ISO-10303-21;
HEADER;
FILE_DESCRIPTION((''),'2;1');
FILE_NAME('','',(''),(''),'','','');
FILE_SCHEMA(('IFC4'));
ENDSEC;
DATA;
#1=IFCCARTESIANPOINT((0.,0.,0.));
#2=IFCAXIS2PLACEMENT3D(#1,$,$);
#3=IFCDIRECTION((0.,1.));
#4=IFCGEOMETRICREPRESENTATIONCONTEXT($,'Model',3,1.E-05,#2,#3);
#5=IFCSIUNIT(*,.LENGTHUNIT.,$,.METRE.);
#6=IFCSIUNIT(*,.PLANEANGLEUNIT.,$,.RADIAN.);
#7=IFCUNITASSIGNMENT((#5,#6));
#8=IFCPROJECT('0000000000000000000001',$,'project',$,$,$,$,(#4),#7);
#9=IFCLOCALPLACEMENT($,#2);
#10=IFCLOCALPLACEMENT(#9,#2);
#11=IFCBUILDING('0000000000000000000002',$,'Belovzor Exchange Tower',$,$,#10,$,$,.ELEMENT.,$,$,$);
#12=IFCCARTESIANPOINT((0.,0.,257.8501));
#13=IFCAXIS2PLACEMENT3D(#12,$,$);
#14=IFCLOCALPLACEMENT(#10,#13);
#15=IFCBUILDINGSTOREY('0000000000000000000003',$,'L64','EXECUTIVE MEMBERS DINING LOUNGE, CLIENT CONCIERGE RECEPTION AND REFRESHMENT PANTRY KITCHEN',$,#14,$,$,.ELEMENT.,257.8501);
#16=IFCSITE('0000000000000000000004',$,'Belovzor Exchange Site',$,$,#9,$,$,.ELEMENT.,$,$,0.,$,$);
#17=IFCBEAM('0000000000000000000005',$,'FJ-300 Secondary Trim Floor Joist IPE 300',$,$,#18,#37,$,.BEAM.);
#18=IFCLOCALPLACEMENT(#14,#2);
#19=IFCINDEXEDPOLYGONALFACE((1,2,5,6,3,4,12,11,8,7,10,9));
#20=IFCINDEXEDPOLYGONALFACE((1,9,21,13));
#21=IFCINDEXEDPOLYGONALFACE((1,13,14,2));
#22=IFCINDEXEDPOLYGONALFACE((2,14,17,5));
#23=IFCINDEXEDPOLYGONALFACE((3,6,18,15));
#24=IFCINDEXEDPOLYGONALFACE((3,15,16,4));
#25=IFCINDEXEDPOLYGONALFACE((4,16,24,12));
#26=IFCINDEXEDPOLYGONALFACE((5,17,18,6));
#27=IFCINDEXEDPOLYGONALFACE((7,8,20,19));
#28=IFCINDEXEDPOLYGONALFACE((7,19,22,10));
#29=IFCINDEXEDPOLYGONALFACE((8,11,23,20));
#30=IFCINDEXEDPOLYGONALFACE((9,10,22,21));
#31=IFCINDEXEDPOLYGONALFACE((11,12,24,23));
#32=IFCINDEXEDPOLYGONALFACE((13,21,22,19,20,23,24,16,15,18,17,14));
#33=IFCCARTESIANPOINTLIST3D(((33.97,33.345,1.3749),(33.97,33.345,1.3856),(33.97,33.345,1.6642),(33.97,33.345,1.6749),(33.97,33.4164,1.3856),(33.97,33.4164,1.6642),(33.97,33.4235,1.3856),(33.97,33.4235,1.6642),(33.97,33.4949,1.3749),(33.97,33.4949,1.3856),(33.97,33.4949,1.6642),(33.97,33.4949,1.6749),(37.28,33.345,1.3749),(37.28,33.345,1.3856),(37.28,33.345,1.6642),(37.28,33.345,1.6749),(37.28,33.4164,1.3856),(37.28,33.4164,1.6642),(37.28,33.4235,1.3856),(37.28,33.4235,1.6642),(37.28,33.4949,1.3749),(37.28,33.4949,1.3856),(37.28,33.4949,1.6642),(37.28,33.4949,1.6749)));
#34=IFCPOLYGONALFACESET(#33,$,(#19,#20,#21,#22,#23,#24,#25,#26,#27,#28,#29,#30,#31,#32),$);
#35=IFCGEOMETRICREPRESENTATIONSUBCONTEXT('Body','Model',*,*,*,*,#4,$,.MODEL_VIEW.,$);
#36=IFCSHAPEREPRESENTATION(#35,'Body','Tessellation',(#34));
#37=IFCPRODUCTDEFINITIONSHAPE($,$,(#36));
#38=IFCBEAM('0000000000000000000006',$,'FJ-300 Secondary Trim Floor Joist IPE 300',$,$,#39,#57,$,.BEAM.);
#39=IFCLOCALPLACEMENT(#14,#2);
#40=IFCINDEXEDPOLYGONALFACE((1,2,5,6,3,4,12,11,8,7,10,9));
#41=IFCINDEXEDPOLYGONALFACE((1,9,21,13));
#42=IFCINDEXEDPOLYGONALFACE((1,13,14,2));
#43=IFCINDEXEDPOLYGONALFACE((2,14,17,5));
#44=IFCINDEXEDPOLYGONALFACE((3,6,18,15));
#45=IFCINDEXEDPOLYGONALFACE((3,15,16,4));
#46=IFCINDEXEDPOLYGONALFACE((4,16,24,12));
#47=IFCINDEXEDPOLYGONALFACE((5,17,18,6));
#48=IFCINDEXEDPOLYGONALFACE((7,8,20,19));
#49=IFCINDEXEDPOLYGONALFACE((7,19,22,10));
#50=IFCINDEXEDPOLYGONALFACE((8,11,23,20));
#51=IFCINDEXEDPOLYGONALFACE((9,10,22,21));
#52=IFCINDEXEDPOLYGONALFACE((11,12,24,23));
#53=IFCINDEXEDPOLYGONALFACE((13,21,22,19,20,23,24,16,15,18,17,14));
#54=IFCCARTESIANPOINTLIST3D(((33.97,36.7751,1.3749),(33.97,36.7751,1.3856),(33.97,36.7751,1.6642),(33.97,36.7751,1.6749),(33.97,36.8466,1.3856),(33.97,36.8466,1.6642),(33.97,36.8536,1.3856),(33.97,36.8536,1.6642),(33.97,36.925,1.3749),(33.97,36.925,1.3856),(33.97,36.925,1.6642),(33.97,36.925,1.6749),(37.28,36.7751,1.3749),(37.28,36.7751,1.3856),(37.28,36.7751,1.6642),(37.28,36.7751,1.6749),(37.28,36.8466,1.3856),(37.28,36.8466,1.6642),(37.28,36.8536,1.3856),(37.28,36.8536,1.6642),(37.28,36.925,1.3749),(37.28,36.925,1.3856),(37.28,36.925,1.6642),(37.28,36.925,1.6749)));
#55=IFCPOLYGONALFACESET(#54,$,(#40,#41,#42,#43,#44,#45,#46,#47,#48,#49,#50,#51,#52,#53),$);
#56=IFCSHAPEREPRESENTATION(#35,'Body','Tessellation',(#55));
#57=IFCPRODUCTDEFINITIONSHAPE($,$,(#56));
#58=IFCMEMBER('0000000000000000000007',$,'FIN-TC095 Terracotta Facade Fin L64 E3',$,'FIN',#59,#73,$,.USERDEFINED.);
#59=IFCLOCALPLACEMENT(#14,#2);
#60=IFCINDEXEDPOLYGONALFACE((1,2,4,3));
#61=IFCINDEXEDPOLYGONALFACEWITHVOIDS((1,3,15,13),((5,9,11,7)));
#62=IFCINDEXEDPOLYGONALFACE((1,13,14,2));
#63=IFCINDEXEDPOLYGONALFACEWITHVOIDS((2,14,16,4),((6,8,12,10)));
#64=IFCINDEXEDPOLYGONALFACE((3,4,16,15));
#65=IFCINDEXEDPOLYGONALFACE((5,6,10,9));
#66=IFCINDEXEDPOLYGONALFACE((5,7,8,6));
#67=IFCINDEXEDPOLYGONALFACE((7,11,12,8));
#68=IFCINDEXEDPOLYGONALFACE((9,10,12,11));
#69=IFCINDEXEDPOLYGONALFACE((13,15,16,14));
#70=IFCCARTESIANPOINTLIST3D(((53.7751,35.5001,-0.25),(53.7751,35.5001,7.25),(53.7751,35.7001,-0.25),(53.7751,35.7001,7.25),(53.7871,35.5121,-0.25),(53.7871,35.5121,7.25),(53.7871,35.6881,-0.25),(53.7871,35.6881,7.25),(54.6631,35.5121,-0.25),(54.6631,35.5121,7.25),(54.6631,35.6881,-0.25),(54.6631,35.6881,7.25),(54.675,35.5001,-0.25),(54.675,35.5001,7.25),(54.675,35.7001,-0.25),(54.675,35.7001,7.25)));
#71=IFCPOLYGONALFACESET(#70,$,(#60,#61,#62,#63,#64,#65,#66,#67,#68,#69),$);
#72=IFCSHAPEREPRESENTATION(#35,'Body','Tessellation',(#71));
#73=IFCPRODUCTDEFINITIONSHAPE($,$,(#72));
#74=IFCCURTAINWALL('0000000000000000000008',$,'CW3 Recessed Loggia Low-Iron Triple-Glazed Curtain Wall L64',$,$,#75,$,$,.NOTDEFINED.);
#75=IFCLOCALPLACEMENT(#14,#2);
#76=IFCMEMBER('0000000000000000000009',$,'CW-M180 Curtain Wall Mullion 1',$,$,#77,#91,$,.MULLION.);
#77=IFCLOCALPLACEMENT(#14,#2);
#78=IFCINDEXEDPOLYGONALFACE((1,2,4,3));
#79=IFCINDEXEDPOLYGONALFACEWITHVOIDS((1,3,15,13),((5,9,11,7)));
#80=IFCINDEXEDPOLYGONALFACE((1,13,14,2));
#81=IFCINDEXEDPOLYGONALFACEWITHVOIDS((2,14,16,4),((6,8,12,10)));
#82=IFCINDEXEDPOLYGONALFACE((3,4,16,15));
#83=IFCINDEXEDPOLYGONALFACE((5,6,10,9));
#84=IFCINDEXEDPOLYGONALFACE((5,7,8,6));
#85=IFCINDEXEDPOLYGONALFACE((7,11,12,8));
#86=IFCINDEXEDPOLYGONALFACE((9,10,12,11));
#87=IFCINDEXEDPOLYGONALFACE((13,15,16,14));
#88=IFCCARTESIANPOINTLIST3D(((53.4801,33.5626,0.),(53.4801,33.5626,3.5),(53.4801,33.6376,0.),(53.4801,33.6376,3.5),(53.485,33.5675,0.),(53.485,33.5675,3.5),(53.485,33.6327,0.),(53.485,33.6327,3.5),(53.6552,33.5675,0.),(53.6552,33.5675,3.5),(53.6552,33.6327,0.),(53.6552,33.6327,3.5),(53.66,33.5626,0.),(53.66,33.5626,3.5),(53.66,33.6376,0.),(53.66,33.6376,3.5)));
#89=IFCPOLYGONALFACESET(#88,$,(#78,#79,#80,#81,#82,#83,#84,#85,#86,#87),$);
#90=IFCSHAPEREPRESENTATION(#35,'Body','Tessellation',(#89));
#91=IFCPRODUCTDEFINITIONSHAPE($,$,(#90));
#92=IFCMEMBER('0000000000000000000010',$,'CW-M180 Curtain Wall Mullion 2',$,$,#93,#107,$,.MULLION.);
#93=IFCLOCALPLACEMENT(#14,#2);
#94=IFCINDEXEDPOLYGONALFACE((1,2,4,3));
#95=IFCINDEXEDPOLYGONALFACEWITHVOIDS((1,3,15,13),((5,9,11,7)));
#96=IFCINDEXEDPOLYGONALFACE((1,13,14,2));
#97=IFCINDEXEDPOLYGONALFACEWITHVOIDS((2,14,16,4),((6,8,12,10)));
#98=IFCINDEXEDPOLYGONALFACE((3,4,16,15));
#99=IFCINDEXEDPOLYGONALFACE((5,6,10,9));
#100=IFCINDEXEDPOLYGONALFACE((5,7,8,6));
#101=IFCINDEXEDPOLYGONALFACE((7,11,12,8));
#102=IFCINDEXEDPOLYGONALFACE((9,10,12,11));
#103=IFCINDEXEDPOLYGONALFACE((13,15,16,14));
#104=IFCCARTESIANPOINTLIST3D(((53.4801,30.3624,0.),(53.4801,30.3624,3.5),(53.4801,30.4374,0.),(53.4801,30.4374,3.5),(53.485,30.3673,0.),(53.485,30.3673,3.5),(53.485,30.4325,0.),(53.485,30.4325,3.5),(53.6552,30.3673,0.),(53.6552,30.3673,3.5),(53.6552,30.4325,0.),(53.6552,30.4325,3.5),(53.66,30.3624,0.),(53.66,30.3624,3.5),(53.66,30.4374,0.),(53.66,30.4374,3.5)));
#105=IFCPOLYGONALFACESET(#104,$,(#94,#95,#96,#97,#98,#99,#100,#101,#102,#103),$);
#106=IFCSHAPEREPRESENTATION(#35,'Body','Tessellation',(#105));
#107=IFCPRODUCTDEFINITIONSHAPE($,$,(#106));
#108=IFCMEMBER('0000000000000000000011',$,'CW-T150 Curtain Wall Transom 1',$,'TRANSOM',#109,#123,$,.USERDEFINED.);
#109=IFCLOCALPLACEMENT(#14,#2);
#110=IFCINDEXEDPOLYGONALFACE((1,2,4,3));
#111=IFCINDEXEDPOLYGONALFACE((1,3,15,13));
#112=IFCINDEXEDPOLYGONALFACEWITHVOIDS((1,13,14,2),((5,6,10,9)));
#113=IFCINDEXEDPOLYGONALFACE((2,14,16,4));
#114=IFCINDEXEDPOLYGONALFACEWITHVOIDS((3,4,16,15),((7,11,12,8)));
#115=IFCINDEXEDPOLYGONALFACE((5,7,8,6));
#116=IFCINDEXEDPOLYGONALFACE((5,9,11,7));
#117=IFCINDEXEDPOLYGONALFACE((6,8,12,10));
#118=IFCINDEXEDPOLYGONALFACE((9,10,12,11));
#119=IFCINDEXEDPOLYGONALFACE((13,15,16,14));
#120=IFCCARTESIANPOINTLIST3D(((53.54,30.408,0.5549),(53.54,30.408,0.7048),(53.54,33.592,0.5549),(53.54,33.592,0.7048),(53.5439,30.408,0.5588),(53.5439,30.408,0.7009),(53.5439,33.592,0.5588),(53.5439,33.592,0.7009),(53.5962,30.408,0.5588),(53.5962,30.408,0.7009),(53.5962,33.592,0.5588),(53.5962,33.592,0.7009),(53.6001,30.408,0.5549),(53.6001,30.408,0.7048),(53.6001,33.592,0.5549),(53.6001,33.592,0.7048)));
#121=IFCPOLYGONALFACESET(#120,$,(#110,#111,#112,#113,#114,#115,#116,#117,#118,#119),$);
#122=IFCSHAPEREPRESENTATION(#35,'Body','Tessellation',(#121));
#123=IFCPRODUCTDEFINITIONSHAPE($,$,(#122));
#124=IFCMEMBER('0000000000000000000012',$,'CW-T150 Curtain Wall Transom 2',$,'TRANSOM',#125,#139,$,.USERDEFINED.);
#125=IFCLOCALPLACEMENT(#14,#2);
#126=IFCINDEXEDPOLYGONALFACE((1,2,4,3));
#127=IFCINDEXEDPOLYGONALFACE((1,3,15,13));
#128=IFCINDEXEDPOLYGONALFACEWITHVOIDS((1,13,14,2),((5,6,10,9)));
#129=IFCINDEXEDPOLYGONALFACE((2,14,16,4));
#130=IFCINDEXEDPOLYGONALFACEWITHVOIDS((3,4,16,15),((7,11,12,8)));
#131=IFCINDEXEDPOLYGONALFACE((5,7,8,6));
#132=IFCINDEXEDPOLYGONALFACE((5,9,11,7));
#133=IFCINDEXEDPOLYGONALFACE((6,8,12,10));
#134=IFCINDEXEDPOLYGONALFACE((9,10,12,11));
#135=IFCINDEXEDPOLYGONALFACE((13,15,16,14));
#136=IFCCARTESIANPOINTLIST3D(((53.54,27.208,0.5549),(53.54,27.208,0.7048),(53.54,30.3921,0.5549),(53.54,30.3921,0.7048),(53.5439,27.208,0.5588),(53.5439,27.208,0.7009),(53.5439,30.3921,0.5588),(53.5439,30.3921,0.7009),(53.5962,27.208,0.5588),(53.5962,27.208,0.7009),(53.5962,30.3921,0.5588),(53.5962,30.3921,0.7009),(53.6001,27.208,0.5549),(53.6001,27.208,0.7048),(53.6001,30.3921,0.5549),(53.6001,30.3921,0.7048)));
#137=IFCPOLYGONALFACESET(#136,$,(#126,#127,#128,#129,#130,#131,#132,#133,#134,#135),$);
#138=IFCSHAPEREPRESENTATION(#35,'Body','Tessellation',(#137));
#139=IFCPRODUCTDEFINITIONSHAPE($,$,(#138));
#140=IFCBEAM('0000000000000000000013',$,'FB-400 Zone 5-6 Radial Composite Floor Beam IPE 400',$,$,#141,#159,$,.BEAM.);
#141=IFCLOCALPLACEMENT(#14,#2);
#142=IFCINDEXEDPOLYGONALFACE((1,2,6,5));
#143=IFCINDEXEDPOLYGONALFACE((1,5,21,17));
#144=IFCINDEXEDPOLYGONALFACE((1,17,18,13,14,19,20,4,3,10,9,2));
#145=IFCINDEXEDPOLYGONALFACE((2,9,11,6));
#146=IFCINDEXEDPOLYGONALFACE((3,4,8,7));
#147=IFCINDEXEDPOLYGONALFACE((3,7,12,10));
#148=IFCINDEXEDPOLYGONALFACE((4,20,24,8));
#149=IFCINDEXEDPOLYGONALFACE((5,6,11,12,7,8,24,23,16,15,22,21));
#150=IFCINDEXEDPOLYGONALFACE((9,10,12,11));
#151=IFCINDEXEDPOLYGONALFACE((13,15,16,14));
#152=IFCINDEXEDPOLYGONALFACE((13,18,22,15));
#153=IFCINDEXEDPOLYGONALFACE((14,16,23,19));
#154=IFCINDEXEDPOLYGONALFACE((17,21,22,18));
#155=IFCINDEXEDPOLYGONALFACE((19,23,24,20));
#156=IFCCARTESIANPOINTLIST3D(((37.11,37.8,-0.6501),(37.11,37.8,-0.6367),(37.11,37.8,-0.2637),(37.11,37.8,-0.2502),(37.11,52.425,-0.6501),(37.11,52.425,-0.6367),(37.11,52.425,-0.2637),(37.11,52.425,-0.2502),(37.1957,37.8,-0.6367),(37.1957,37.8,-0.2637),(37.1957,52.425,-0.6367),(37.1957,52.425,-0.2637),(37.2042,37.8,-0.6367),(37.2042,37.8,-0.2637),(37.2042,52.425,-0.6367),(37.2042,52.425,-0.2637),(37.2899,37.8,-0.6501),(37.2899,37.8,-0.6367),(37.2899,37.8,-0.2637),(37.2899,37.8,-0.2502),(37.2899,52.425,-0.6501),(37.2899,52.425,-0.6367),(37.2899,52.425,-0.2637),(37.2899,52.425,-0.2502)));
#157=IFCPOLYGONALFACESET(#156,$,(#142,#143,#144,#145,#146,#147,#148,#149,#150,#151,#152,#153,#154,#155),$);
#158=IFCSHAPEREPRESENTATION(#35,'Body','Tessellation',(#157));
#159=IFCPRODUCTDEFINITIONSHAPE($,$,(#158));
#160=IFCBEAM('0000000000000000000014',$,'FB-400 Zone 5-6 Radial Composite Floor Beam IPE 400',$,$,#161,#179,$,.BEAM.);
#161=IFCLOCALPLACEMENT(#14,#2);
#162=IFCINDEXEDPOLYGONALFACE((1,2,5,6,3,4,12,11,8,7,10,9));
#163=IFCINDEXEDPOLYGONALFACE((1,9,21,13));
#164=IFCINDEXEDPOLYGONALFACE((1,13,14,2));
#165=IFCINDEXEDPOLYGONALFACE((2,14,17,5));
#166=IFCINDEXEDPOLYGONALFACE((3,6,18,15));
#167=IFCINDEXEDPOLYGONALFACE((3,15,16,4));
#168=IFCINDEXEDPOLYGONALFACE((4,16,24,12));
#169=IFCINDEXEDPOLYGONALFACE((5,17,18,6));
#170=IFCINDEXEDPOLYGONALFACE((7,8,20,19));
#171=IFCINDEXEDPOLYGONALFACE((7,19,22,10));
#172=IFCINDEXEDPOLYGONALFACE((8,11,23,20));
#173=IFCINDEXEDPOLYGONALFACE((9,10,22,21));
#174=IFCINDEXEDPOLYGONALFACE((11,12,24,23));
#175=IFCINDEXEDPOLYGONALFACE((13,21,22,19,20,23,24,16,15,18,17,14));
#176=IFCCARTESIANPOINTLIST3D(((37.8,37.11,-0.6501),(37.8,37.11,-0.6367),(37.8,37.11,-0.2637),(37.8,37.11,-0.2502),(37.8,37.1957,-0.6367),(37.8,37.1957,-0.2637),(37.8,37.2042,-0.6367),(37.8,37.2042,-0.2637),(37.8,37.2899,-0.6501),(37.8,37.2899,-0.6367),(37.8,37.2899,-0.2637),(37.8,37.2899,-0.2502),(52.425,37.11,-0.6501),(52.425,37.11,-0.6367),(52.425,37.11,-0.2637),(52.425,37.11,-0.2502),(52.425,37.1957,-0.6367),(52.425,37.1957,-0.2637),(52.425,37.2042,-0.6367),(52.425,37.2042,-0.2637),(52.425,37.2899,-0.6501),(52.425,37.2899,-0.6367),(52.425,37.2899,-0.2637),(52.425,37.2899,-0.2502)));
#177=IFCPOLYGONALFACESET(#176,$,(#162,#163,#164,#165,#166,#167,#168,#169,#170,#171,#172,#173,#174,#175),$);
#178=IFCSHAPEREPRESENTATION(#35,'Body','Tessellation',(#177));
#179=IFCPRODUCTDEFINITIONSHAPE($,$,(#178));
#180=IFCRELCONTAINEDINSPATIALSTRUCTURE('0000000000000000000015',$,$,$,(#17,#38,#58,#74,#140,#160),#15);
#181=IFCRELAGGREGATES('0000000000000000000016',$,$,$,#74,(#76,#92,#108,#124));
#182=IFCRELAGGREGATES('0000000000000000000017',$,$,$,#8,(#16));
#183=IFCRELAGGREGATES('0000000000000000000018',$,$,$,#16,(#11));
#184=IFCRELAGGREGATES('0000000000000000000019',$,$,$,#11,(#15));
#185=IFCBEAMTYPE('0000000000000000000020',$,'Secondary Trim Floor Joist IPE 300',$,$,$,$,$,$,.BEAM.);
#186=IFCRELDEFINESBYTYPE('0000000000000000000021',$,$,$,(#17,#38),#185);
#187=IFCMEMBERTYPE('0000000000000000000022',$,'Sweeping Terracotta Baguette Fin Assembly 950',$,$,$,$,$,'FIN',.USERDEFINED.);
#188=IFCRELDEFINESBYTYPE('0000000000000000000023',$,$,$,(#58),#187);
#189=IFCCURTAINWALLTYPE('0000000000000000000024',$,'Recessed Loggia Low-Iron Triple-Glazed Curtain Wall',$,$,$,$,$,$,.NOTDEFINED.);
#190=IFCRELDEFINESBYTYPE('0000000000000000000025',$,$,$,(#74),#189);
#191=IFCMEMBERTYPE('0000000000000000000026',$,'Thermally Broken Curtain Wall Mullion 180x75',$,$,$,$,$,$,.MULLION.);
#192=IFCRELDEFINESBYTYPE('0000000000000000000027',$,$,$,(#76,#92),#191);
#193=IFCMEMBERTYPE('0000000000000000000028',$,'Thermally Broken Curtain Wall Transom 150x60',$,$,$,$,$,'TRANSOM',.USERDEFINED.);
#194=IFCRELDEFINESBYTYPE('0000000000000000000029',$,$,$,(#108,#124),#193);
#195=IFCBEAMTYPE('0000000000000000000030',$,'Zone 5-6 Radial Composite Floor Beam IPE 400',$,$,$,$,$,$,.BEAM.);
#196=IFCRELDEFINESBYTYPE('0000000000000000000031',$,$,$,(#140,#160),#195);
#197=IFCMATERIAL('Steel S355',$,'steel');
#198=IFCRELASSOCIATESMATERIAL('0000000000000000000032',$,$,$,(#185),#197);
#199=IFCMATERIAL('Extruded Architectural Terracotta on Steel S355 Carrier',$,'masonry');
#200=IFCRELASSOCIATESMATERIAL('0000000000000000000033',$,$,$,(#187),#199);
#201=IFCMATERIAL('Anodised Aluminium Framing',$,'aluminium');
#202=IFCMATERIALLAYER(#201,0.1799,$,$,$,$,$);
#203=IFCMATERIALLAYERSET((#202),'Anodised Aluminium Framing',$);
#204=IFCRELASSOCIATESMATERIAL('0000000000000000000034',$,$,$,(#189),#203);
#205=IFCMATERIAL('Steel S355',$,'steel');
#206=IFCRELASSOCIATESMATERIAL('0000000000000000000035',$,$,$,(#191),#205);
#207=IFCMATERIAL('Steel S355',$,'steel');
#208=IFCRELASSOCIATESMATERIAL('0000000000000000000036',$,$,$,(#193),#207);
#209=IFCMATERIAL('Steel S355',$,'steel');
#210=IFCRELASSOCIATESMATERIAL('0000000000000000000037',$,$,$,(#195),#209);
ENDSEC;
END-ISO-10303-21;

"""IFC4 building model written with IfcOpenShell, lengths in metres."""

from ifc_helpers import new_model, si_unit, direction, frame, origin, origin_2d, place, context, subcontext, project, spatial, hollow_rectangle, i_section, extrude, material, layer, layer_set, material_profile, profile_set, type_object, element, aggregate, save


model = new_model("IFC4")

# Units and contexts
model_context = context("Model", 3, precision=1e-05, world=origin(), true_north=direction((0.0, 1.0)))
body_context = subcontext(model_context, "Body", "Model", "MODEL_VIEW")
ifc_project = project(units=[si_unit("LENGTHUNIT", "METRE"), si_unit("PLANEANGLEUNIT", "RADIAN")], contexts=[model_context])

# Site, building, storey
site_placement = place(None, origin())
site = spatial("IfcSite", under=ifc_project, at=site_placement, Name="Belovzor Exchange Site", CompositionType="ELEMENT", RefElevation=0.0)
building_placement = place(site_placement, origin())
building = spatial("IfcBuilding", under=site, at=building_placement, Name="Belovzor Exchange Tower", CompositionType="ELEMENT")
storey_placement = place(building_placement, frame((0.0, 0.0, 257.8501)))
storey = spatial("IfcBuildingStorey", under=building, at=storey_placement, Name="L64", Description="EXECUTIVE MEMBERS DINING LOUNGE, CLIENT CONCIERGE RECEPTION AND REFRESHMENT PANTRY KITCHEN", CompositionType="ELEMENT", Elevation=257.8501)

# Beams
ifc_material_1 = material(Name="Steel S355", Category="steel")
ifc_material_profile_1 = material_profile(ifc_material_1, i_section(OverallWidth=0.1499, OverallDepth=0.3, WebThickness=0.0071, FlangeThickness=0.0107, at=origin_2d()))
ifc_profile_set_1 = profile_set([ifc_material_profile_1], Name="Steel S355")
beam_type_1 = type_object("IfcBeamType", Name="Secondary Trim Floor Joist IPE 300", PredefinedType="BEAM", material=ifc_profile_set_1)
for number, where, z_axis, x_axis, name in (
    (1, (37.28, 33.4199, 1.5249), (-1.0, 0.0, 0.0), (0.0, -1.0, 0.0), "FJ-300 Secondary Trim Floor Joist IPE 300"),
    (2, (37.28, 36.8501, 1.5249), (-1.0, 0.0, 0.0), (0.0, -1.0, 0.0), "FJ-300 Secondary Trim Floor Joist IPE 300"),
):
    element("IfcBeam", number, at=place(storey_placement, frame(where, z_axis=z_axis, x_axis=x_axis)), inside=storey, type_object=beam_type_1, Name=name, PredefinedType="BEAM", context=body_context, shape_type="SweptSolid", body=[
        extrude(i_section(OverallWidth=0.1499, OverallDepth=0.3, WebThickness=0.0071, FlangeThickness=0.0107, at=origin_2d()), origin(), (0.0, 0.0, 1.0), 3.3101),
    ])

# Member
ifc_material_2 = material(Name="Extruded Architectural Terracotta on Steel S355 Carrier", Category="masonry")
ifc_material_profile_2 = material_profile(ifc_material_2, hollow_rectangle(XDim=0.2, YDim=0.8999, WallThickness=0.012, at=origin_2d()))
ifc_profile_set_2 = profile_set([ifc_material_profile_2], Name="Extruded Architectural Terracotta on Steel S355 Carrier")
member_type_1 = type_object("IfcMemberType", Name="Sweeping Terracotta Baguette Fin Assembly 950", ElementType="FIN", PredefinedType="USERDEFINED", material=ifc_profile_set_2)
member_1_placement = place(storey_placement, frame((54.2251, 35.6001, -0.25), z_axis=(0.0, 0.0, 1.0), x_axis=(0.0, 1.0, 0.0)))
element("IfcMember", 3, at=member_1_placement, inside=storey, type_object=member_type_1, Name="FIN-TC095 Terracotta Facade Fin L64 E3", ObjectType="FIN", PredefinedType="USERDEFINED", context=body_context, shape_type="SweptSolid", body=[
    extrude(hollow_rectangle(XDim=0.2, YDim=0.8999, WallThickness=0.012, at=origin_2d()), origin(), (0.0, 0.0, 1.0), 7.5),
])

# Curtain wall, members
ifc_material_3 = material(Name="Anodised Aluminium Framing", Category="aluminium")
ifc_layer_1 = layer(ifc_material_3, 0.1799)
ifc_layer_set_1 = layer_set([ifc_layer_1], Name="Anodised Aluminium Framing")
curtain_wall_type = type_object("IfcCurtainWallType", Name="Recessed Loggia Low-Iron Triple-Glazed Curtain Wall", PredefinedType="NOTDEFINED", material=ifc_layer_set_1)
curtain_wall_placement = place(storey_placement, origin())
curtain_wall = element("IfcCurtainWall", 4, at=curtain_wall_placement, inside=storey, type_object=curtain_wall_type, Name="CW3 Recessed Loggia Low-Iron Triple-Glazed Curtain Wall L64", PredefinedType="NOTDEFINED")
ifc_material_4 = material(Name="Steel S355", Category="steel")
ifc_material_profile_3 = material_profile(ifc_material_4, hollow_rectangle(XDim=0.075, YDim=0.1799, WallThickness=0.0049, at=origin_2d()))
ifc_profile_set_3 = profile_set([ifc_material_profile_3], Name="Steel S355")
member_type_2 = type_object("IfcMemberType", Name="Thermally Broken Curtain Wall Mullion 180x75", PredefinedType="MULLION", material=ifc_profile_set_3)
member_2_placement = place(storey_placement, frame((53.5701, 33.6001, 0.0), z_axis=(0.0, 0.0, 1.0), x_axis=(0.0, -1.0, 0.0)))
member_2 = element("IfcMember", 5, at=member_2_placement, type_object=member_type_2, Name="CW-M180 Curtain Wall Mullion 1", PredefinedType="MULLION", context=body_context, shape_type="SweptSolid", body=[
    extrude(hollow_rectangle(XDim=0.075, YDim=0.1799, WallThickness=0.0049, at=origin_2d()), origin(), (0.0, 0.0, 1.0), 3.5),
])
member_3_placement = place(storey_placement, frame((53.5701, 30.3999, 0.0), z_axis=(0.0, 0.0, 1.0), x_axis=(0.0, -1.0, 0.0)))
member_3 = element("IfcMember", 6, at=member_3_placement, type_object=member_type_2, Name="CW-M180 Curtain Wall Mullion 2", PredefinedType="MULLION", context=body_context, shape_type="SweptSolid", body=[
    extrude(hollow_rectangle(XDim=0.075, YDim=0.1799, WallThickness=0.0049, at=origin_2d()), origin(), (0.0, 0.0, 1.0), 3.5),
])
ifc_material_5 = material(Name="Steel S355", Category="steel")
ifc_material_profile_4 = material_profile(ifc_material_5, hollow_rectangle(XDim=0.0601, YDim=0.1499, WallThickness=0.0039, at=origin_2d()))
ifc_profile_set_4 = profile_set([ifc_material_profile_4], Name="Steel S355")
member_type_3 = type_object("IfcMemberType", Name="Thermally Broken Curtain Wall Transom 150x60", ElementType="TRANSOM", PredefinedType="USERDEFINED", material=ifc_profile_set_4)
member_4_placement = place(storey_placement, frame((53.5701, 33.592, 0.6299), z_axis=(0.0, -1.0, 0.0), x_axis=(1.0, 0.0, 0.0)))
member_4 = element("IfcMember", 7, at=member_4_placement, type_object=member_type_3, Name="CW-T150 Curtain Wall Transom 1", ObjectType="TRANSOM", PredefinedType="USERDEFINED", context=body_context, shape_type="SweptSolid", body=[
    extrude(hollow_rectangle(XDim=0.0601, YDim=0.1499, WallThickness=0.0039, at=origin_2d()), origin(), (0.0, 0.0, 1.0), 3.1841),
])
member_5_placement = place(storey_placement, frame((53.5701, 30.3921, 0.6299), z_axis=(0.0, -1.0, 0.0), x_axis=(1.0, 0.0, 0.0)))
member_5 = element("IfcMember", 8, at=member_5_placement, type_object=member_type_3, Name="CW-T150 Curtain Wall Transom 2", ObjectType="TRANSOM", PredefinedType="USERDEFINED", context=body_context, shape_type="SweptSolid", body=[
    extrude(hollow_rectangle(XDim=0.0601, YDim=0.1499, WallThickness=0.0039, at=origin_2d()), origin(), (0.0, 0.0, 1.0), 3.1841),
])

# Beams
ifc_material_6 = material(Name="Steel S355", Category="steel")
ifc_material_profile_5 = material_profile(ifc_material_6, i_section(OverallWidth=0.1799, OverallDepth=0.3999, WebThickness=0.0085, FlangeThickness=0.0134, at=origin_2d()))
ifc_profile_set_5 = profile_set([ifc_material_profile_5], Name="Steel S355")
beam_type_2 = type_object("IfcBeamType", Name="Zone 5-6 Radial Composite Floor Beam IPE 400", PredefinedType="BEAM", material=ifc_profile_set_5)
for number, where, z_axis, x_axis, name in (
    (9, (37.2, 37.8, -0.4502), (0.0, 1.0, 0.0), (-1.0, 0.0, 0.0), "FB-400 Zone 5-6 Radial Composite Floor Beam IPE 400"),
    (10, (37.8, 37.2, -0.4502), (1.0, 0.0, 0.0), (0.0, 1.0, 0.0), "FB-400 Zone 5-6 Radial Composite Floor Beam IPE 400"),
):
    element("IfcBeam", number, at=place(storey_placement, frame(where, z_axis=z_axis, x_axis=x_axis)), inside=storey, type_object=beam_type_2, Name=name, PredefinedType="BEAM", context=body_context, shape_type="SweptSolid", body=[
        extrude(i_section(OverallWidth=0.1799, OverallDepth=0.3999, WebThickness=0.0085, FlangeThickness=0.0134, at=origin_2d()), origin(), (0.0, 0.0, 1.0), 14.625),
    ])

aggregate(curtain_wall, [member_2, member_3, member_4, member_5])

save(model, "model.ifc")
